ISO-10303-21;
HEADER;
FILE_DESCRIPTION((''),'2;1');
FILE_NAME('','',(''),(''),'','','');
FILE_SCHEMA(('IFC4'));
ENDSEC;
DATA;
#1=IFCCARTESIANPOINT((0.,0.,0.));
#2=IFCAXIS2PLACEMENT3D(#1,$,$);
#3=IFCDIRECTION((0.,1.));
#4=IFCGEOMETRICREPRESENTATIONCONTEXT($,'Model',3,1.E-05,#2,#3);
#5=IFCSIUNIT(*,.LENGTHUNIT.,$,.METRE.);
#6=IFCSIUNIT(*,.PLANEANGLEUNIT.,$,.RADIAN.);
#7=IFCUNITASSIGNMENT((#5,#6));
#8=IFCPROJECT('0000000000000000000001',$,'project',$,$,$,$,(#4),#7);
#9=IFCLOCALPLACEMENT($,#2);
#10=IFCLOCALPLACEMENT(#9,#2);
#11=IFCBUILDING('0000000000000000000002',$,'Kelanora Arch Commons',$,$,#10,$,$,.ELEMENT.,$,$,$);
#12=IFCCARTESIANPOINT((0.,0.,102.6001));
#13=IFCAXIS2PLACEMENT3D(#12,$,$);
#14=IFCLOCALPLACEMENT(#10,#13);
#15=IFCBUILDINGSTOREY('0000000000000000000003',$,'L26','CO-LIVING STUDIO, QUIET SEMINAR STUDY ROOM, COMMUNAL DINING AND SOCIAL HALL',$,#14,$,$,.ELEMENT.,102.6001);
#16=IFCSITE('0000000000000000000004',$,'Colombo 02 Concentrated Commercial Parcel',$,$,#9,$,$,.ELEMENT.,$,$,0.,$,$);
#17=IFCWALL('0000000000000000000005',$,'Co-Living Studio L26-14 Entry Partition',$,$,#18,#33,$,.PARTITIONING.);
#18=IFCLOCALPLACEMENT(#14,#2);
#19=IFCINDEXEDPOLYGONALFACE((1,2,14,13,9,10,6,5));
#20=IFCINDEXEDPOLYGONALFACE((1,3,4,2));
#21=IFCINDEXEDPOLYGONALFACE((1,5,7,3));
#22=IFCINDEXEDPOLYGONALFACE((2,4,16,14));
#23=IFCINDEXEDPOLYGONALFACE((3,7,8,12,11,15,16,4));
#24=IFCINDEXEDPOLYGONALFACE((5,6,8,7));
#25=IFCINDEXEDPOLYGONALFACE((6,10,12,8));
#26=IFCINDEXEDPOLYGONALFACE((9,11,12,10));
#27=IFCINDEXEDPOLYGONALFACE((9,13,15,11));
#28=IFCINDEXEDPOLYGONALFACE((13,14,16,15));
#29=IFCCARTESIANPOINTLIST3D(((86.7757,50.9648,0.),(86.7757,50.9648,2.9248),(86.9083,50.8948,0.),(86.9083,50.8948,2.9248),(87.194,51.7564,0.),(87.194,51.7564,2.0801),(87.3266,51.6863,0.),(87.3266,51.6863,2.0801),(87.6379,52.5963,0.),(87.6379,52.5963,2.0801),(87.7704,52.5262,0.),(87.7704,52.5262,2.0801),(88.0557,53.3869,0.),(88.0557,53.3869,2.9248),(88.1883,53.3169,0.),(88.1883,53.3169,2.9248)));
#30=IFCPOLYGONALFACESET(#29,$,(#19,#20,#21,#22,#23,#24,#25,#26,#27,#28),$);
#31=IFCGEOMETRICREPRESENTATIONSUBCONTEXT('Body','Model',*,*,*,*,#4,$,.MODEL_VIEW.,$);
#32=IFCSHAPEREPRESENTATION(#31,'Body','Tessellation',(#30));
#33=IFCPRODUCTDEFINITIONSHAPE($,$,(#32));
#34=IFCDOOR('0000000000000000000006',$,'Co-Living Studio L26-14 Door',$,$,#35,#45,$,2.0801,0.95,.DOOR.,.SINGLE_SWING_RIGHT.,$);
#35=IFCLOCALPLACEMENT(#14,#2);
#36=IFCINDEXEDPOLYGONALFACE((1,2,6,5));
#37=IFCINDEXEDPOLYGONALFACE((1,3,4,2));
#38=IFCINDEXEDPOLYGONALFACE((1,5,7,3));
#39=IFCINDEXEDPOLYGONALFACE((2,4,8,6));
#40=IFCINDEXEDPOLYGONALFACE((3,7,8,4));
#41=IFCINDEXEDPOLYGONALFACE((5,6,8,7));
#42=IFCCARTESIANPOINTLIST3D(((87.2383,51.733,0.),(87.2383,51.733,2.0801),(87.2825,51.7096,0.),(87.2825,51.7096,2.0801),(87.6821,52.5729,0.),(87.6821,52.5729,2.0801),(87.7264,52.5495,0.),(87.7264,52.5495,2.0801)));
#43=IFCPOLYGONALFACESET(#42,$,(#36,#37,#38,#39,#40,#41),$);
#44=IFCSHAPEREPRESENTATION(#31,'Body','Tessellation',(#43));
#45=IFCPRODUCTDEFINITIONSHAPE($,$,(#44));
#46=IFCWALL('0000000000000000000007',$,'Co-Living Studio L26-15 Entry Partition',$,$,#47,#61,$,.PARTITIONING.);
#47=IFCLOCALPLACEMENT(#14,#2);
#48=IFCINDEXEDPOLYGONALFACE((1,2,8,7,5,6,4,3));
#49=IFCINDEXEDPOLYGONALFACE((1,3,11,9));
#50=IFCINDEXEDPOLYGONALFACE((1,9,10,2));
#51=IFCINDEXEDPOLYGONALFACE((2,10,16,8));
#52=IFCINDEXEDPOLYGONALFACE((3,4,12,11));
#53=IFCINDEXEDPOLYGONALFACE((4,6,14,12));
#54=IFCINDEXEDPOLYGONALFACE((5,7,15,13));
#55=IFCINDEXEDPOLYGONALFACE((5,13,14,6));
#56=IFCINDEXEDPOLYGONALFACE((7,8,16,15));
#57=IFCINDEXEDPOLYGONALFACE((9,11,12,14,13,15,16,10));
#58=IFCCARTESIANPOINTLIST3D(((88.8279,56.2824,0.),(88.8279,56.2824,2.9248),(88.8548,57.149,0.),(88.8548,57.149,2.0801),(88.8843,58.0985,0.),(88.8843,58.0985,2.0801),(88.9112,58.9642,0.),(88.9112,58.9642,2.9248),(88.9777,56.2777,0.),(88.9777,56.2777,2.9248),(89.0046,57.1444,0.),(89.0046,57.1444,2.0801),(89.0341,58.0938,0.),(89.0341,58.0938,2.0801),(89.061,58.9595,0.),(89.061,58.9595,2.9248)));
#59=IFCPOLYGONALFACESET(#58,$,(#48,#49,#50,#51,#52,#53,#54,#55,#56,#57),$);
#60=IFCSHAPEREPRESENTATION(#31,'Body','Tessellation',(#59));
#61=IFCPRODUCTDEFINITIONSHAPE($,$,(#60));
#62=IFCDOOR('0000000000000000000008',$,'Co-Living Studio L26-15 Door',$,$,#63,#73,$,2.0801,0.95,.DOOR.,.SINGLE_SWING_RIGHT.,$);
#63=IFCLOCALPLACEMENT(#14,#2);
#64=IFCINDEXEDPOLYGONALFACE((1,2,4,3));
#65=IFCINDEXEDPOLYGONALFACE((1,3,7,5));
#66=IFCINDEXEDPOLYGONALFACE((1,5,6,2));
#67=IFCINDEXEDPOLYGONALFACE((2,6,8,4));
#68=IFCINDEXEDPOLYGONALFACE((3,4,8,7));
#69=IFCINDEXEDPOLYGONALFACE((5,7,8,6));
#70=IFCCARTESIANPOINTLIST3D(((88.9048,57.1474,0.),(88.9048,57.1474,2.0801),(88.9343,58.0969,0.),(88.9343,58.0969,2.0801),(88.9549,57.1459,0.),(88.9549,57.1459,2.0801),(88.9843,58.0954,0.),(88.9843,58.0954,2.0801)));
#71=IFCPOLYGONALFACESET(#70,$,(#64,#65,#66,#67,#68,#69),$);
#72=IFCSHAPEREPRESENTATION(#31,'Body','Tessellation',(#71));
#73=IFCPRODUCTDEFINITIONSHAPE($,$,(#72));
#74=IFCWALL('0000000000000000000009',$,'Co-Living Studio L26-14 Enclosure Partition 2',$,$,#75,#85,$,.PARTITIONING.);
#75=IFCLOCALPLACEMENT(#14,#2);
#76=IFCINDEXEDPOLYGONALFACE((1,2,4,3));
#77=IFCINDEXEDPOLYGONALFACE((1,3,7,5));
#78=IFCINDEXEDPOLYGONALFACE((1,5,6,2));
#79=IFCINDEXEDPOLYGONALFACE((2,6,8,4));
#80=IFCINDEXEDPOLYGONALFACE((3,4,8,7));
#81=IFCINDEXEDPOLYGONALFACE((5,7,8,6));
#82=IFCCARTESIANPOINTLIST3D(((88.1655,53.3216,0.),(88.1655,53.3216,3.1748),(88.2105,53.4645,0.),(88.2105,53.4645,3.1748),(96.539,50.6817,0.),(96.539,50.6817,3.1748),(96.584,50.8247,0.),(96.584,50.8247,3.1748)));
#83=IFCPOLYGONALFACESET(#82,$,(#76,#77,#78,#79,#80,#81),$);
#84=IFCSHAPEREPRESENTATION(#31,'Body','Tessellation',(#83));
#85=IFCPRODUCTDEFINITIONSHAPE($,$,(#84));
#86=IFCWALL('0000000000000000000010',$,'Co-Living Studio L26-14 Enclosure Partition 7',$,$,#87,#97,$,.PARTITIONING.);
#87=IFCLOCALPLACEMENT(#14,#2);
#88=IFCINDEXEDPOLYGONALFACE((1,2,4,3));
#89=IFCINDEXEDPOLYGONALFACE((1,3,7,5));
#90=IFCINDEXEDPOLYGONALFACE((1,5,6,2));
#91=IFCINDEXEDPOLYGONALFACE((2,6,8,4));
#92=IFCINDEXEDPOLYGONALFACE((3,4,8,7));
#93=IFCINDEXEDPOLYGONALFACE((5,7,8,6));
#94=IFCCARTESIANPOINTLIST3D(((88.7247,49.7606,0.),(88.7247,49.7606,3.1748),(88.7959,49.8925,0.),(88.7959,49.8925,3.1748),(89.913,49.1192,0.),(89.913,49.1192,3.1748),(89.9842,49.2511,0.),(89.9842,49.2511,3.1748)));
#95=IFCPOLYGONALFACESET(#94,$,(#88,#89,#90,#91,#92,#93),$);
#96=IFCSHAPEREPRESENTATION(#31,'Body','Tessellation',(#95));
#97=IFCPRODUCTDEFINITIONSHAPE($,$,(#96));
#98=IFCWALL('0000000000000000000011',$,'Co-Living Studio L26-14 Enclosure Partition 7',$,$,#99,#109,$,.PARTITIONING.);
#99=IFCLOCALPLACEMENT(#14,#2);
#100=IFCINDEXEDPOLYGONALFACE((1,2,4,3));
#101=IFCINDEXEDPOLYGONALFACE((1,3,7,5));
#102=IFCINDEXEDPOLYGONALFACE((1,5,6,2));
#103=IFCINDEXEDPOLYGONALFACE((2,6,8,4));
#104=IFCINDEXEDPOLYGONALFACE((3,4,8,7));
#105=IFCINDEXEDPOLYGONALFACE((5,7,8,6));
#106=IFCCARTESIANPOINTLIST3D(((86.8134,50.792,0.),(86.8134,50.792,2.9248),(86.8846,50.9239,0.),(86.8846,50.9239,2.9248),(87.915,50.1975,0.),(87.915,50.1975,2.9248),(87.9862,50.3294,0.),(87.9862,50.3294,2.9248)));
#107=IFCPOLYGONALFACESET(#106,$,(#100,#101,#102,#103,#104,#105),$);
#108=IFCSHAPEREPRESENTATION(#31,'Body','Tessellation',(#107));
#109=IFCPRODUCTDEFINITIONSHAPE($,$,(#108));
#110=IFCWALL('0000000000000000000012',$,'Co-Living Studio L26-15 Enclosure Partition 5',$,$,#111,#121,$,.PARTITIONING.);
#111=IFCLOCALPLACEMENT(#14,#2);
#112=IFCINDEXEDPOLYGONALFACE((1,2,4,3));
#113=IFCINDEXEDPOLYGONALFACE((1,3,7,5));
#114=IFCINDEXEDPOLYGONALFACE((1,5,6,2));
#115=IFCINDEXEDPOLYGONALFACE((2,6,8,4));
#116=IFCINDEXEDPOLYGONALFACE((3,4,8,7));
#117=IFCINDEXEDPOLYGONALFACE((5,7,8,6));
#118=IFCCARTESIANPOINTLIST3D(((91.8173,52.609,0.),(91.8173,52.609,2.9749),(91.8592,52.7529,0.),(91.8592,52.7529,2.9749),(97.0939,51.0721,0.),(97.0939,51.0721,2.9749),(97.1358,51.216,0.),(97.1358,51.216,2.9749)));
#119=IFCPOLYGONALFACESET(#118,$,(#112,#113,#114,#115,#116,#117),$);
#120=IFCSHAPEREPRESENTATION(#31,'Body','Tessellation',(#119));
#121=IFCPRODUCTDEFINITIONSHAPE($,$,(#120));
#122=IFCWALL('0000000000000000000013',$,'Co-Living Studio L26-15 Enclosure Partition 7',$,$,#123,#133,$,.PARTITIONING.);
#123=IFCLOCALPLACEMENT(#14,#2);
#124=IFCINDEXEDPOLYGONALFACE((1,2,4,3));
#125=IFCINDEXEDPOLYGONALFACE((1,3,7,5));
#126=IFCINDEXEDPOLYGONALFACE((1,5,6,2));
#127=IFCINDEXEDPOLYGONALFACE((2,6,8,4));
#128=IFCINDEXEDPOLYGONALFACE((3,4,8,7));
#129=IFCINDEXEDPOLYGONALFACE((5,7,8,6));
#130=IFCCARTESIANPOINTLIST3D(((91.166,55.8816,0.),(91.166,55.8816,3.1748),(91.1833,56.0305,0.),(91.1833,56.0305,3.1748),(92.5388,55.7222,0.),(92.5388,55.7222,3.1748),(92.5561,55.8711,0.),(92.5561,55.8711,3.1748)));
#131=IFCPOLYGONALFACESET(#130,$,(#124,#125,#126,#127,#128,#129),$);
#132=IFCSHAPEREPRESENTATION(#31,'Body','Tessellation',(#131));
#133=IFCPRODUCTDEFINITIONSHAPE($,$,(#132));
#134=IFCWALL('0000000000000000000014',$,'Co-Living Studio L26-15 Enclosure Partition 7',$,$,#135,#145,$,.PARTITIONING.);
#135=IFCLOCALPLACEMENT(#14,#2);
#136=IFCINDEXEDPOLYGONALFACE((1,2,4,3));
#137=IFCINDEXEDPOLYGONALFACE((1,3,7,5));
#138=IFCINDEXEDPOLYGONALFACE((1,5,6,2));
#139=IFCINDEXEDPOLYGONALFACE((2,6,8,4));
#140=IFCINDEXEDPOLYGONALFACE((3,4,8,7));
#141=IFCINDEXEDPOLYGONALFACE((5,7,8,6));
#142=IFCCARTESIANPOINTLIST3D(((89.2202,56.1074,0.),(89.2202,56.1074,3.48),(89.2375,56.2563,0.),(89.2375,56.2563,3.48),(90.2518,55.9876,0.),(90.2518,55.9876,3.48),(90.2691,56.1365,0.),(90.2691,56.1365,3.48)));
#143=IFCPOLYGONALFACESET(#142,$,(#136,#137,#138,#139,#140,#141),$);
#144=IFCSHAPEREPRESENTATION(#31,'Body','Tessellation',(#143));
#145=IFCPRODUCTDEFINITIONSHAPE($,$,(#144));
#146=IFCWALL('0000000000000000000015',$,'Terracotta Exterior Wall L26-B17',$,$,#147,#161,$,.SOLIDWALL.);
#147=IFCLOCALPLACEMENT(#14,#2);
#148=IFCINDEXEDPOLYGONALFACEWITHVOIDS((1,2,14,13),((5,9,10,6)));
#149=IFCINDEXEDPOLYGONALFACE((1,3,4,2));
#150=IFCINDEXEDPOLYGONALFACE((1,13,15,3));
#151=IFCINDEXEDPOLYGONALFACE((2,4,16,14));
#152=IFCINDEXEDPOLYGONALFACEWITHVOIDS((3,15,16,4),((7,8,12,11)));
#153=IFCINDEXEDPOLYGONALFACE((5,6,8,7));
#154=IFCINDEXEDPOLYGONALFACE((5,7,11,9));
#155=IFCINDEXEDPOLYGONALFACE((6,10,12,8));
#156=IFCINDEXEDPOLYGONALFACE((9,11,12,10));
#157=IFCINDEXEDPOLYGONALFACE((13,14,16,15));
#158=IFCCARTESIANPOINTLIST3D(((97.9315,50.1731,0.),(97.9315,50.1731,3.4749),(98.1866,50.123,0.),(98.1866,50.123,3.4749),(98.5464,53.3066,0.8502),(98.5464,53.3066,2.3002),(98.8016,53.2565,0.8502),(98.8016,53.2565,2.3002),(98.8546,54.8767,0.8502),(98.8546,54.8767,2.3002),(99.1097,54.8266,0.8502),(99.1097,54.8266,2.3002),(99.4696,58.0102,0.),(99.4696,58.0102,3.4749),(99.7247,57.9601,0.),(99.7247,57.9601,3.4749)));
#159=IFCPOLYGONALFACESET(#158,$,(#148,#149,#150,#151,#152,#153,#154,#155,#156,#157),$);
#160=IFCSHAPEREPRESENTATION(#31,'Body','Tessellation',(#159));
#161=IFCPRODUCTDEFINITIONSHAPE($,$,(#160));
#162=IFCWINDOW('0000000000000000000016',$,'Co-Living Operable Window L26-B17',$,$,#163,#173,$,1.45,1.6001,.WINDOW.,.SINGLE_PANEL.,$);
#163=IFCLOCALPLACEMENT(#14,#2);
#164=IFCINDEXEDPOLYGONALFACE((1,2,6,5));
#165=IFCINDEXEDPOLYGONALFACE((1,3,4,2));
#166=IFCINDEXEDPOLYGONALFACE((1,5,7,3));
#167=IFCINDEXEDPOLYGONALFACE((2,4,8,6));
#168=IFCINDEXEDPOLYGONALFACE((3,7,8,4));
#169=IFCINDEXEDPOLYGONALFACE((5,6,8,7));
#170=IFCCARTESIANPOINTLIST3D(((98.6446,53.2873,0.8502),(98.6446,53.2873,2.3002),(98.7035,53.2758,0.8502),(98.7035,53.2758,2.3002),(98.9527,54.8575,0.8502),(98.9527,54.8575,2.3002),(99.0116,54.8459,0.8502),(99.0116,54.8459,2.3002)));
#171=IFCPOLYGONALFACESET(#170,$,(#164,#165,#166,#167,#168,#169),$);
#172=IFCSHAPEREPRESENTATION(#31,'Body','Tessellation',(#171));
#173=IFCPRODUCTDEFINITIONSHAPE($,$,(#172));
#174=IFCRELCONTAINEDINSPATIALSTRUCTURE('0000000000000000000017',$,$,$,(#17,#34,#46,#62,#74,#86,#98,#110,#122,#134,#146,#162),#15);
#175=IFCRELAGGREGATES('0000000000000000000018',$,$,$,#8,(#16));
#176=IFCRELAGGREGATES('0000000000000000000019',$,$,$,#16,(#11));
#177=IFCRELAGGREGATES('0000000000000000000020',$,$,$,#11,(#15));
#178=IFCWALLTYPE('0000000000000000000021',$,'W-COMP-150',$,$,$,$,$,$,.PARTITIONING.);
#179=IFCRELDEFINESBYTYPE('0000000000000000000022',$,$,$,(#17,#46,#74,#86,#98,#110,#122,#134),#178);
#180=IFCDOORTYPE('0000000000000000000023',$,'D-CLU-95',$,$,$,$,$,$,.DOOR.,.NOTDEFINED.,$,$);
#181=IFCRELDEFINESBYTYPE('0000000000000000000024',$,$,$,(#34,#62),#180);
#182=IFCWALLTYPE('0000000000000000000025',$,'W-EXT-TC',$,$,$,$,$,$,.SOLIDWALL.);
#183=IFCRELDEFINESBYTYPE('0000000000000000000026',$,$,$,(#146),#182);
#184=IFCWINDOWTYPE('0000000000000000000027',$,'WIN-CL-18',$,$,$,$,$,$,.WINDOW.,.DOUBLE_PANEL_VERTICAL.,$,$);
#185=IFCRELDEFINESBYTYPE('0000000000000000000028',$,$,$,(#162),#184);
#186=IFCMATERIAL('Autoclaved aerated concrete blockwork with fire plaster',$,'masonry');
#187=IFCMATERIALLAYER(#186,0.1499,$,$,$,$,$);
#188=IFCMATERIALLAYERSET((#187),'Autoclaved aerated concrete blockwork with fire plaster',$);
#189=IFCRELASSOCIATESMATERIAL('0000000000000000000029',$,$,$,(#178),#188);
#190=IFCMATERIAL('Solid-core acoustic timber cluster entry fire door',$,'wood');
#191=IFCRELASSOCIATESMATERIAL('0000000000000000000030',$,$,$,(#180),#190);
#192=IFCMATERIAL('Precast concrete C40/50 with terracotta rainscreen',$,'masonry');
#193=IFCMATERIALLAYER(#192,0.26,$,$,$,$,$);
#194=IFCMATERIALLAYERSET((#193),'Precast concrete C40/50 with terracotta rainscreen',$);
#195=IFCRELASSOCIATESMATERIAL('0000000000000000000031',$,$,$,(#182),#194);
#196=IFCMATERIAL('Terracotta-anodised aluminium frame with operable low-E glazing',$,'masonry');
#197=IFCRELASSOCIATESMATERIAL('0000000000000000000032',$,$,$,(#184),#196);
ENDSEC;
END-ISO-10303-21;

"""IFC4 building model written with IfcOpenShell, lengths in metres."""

from ifc_helpers import new_model, si_unit, direction, frame, frame_2d, origin, place, context, subcontext, project, spatial, rectangle, extrude, material, layer, layer_set, type_object, element, fill, save


model = new_model("IFC4")

# Units and contexts
model_context = context("Model", 3, precision=1e-05, world=origin(), true_north=direction((0.0, 1.0)))
body_context = subcontext(model_context, "Body", "Model", "MODEL_VIEW")
ifc_project = project(units=[si_unit("LENGTHUNIT", "METRE"), si_unit("PLANEANGLEUNIT", "RADIAN")], contexts=[model_context])

# Site, building, storey
site_placement = place(None, origin())
site = spatial("IfcSite", under=ifc_project, at=site_placement, Name="Colombo 02 Concentrated Commercial Parcel", CompositionType="ELEMENT", RefElevation=0.0)
building_placement = place(site_placement, origin())
building = spatial("IfcBuilding", under=site, at=building_placement, Name="Kelanora Arch Commons", CompositionType="ELEMENT")
storey_placement = place(building_placement, frame((0.0, 0.0, 102.6001)))
storey = spatial("IfcBuildingStorey", under=building, at=storey_placement, Name="L26", Description="CO-LIVING STUDIO, QUIET SEMINAR STUDY ROOM, COMMUNAL DINING AND SOCIAL HALL", CompositionType="ELEMENT", Elevation=102.6001)

# Walls, openings, doors
ifc_material_1 = material(Name="Autoclaved aerated concrete blockwork with fire plaster", Category="masonry")
ifc_layer_1 = layer(ifc_material_1, 0.1499)
ifc_layer_set_1 = layer_set([ifc_layer_1], Name="Autoclaved aerated concrete blockwork with fire plaster")
wall_type_1 = type_object("IfcWallType", Name="W-COMP-150", PredefinedType="PARTITIONING", material=ifc_layer_set_1)
wall_1_placement = place(storey_placement, frame((86.842, 50.9299, 0.0), z_axis=(0.0, 0.0, 1.0), x_axis=(0.467241, 0.88413, 0.0)))
wall_1 = element("IfcWall", 1, at=wall_1_placement, inside=storey, type_object=wall_type_1, Name="Co-Living Studio L26-14 Entry Partition", PredefinedType="PARTITIONING", context=body_context, shape_type="SweptSolid", body=[
    extrude(rectangle(XDim=2.7395, YDim=0.1499, at=frame_2d((1.3696, 0.0))), origin(), (0.0, 0.0, 1.0), 2.9248),
])
opening_1_placement = place(wall_1_placement, frame((0.895, 0.0, 0.0)))
opening_1 = element("IfcOpeningElement", 2, at=opening_1_placement, cuts=wall_1, PredefinedType="OPENING", context=body_context, shape_type="SweptSolid", body=[
    extrude(rectangle(XDim=0.95, YDim=2.0801, at=frame_2d((0.4751, 1.04))), frame((0.0, 0.085, 0.0), z_axis=(0.0, -1.0, 0.0), x_axis=(1.0, 0.0, 0.0)), (0.0, 0.0, 1.0), 0.1699),
])
ifc_material_2 = material(Name="Solid-core acoustic timber cluster entry fire door", Category="wood")
door_type_1 = type_object("IfcDoorType", Name="D-CLU-95", OperationType="NOTDEFINED", PredefinedType="DOOR", material=ifc_material_2)
door_1_placement = place(opening_1_placement, origin())
door_1 = element("IfcDoor", 3, at=door_1_placement, inside=storey, type_object=door_type_1, Name="Co-Living Studio L26-14 Door", OperationType="SINGLE_SWING_RIGHT", OverallHeight=2.0801, OverallWidth=0.95, PredefinedType="DOOR", context=body_context, shape_type="SweptSolid", body=[
    extrude(rectangle(XDim=0.95, YDim=2.0801, at=frame_2d((0.4751, 1.04))), frame((0.0, 0.0249, 0.0), z_axis=(0.0, -1.0, 0.0), x_axis=(1.0, 0.0, 0.0)), (0.0, 0.0, 1.0), 0.05),
])
fill(opening_1, door_1)
wall_2_placement = place(storey_placement, frame((88.9028, 56.28, 0.0), z_axis=(0.0, 0.0, 1.0), x_axis=(0.031027, 0.999519, 0.0)))
wall_2 = element("IfcWall", 4, at=wall_2_placement, inside=storey, type_object=wall_type_1, Name="Co-Living Studio L26-15 Entry Partition", PredefinedType="PARTITIONING", context=body_context, shape_type="SweptSolid", body=[
    extrude(rectangle(XDim=2.6831, YDim=0.1499, at=frame_2d((1.3416, 0.0))), origin(), (0.0, 0.0, 1.0), 2.9248),
])
opening_2_placement = place(wall_2_placement, frame((0.8669, 0.0, 0.0)))
opening_2 = element("IfcOpeningElement", 5, at=opening_2_placement, cuts=wall_2, PredefinedType="OPENING", context=body_context, shape_type="SweptSolid", body=[
    extrude(rectangle(XDim=0.95, YDim=2.0801, at=frame_2d((0.4751, 1.04))), frame((0.0, 0.085, 0.0), z_axis=(0.0, -1.0, 0.0), x_axis=(1.0, 0.0, 0.0)), (0.0, 0.0, 1.0), 0.1699),
])
door_2_placement = place(opening_2_placement, origin())
door_2 = element("IfcDoor", 6, at=door_2_placement, inside=storey, type_object=door_type_1, Name="Co-Living Studio L26-15 Door", OperationType="SINGLE_SWING_RIGHT", OverallHeight=2.0801, OverallWidth=0.95, PredefinedType="DOOR", context=body_context, shape_type="SweptSolid", body=[
    extrude(rectangle(XDim=0.95, YDim=2.0801, at=frame_2d((0.4751, 1.04))), frame((0.0, 0.0249, 0.0), z_axis=(0.0, -1.0, 0.0), x_axis=(1.0, 0.0, 0.0)), (0.0, 0.0, 1.0), 0.05),
])
fill(opening_2, door_2)

# Walls
wall_3_placement = place(storey_placement, frame((88.188, 53.3931, 0.0), z_axis=(0.0, 0.0, 1.0), x_axis=(0.953726, -0.300678, 0.0)))
element("IfcWall", 7, at=wall_3_placement, inside=storey, type_object=wall_type_1, Name="Co-Living Studio L26-14 Enclosure Partition 2", PredefinedType="PARTITIONING", context=body_context, shape_type="SweptSolid", body=[
    extrude(rectangle(XDim=8.7798, YDim=0.1499, at=frame_2d((4.3899, 0.0))), origin(), (0.0, 0.0, 1.0), 3.1748),
])
wall_4_placement = place(storey_placement, frame((89.9487, 49.1851, 0.0), z_axis=(0.0, 0.0, 1.0), x_axis=(-0.879995, 0.474984, 0.0)))
element("IfcWall", 8, at=wall_4_placement, inside=storey, type_object=wall_type_1, Name="Co-Living Studio L26-14 Enclosure Partition 7", PredefinedType="PARTITIONING", context=body_context, shape_type="SweptSolid", body=[
    extrude(rectangle(XDim=1.3503, YDim=0.1499, at=frame_2d((0.6753, 0.0))), origin(), (0.0, 0.0, 1.0), 3.1748),
])
wall_5_placement = place(storey_placement, frame((87.9507, 50.2634, 0.0), z_axis=(0.0, 0.0, 1.0), x_axis=(-0.880026, 0.474925, 0.0)))
element("IfcWall", 9, at=wall_5_placement, inside=storey, type_object=wall_type_1, Name="Co-Living Studio L26-14 Enclosure Partition 7", PredefinedType="PARTITIONING", context=body_context, shape_type="SweptSolid", body=[
    extrude(rectangle(XDim=1.2517, YDim=0.1499, at=frame_2d((0.626, 0.0))), origin(), (0.0, 0.0, 1.0), 2.9248),
])
wall_6_placement = place(storey_placement, frame((97.115, 51.144, 0.0), z_axis=(0.0, 0.0, 1.0), x_axis=(-0.960105, 0.27964, 0.0)))
element("IfcWall", 10, at=wall_6_placement, inside=storey, type_object=wall_type_1, Name="Co-Living Studio L26-15 Enclosure Partition 5", PredefinedType="PARTITIONING", context=body_context, shape_type="SweptSolid", body=[
    extrude(rectangle(XDim=5.4958, YDim=0.1499, at=frame_2d((2.748, 0.0))), origin(), (0.0, 0.0, 1.0), 2.9749),
])
wall_7_placement = place(storey_placement, frame((92.5474, 55.7966, 0.0), z_axis=(0.0, 0.0, 1.0), x_axis=(-0.993324, 0.115355, 0.0)))
element("IfcWall", 11, at=wall_7_placement, inside=storey, type_object=wall_type_1, Name="Co-Living Studio L26-15 Enclosure Partition 7", PredefinedType="PARTITIONING", context=body_context, shape_type="SweptSolid", body=[
    extrude(rectangle(XDim=1.3821, YDim=0.1499, at=frame_2d((0.6909, 0.0))), origin(), (0.0, 0.0, 1.0), 3.1748),
])
wall_8_placement = place(storey_placement, frame((90.2605, 56.062, 0.0), z_axis=(0.0, 0.0, 1.0), x_axis=(-0.993318, 0.115409, 0.0)))
element("IfcWall", 12, at=wall_8_placement, inside=storey, type_object=wall_type_1, Name="Co-Living Studio L26-15 Enclosure Partition 7", PredefinedType="PARTITIONING", context=body_context, shape_type="SweptSolid", body=[
    extrude(rectangle(XDim=1.0386, YDim=0.1499, at=frame_2d((0.5193, 0.0))), origin(), (0.0, 0.0, 1.0), 3.48),
])

# Wall, opening, window
ifc_material_3 = material(Name="Precast concrete C40/50 with terracotta rainscreen", Category="masonry")
ifc_layer_2 = layer(ifc_material_3, 0.26)
ifc_layer_set_2 = layer_set([ifc_layer_2], Name="Precast concrete C40/50 with terracotta rainscreen")
wall_type_2 = type_object("IfcWallType", Name="W-EXT-TC", PredefinedType="SOLIDWALL", material=ifc_layer_set_2)
wall_9_placement = place(storey_placement, frame((98.0591, 50.1482, 0.0), z_axis=(0.0, 0.0, 1.0), x_axis=(0.192582, 0.981281, 0.0)))
wall_9 = element("IfcWall", 13, at=wall_9_placement, inside=storey, type_object=wall_type_2, Name="Terracotta Exterior Wall L26-B17", PredefinedType="SOLIDWALL", context=body_context, shape_type="SweptSolid", body=[
    extrude(rectangle(XDim=7.9866, YDim=0.26, at=frame_2d((3.9932, 0.0))), origin(), (0.0, 0.0, 1.0), 3.4749),
])
opening_3_placement = place(wall_9_placement, frame((3.1931, 0.0, 0.8501)))
opening_3 = element("IfcOpeningElement", 14, at=opening_3_placement, cuts=wall_9, PredefinedType="OPENING", context=body_context, shape_type="SweptSolid", body=[
    extrude(rectangle(XDim=1.6001, YDim=1.45, at=frame_2d((0.8, 0.7251))), frame((0.0, 0.1401, 0.0), z_axis=(0.0, -1.0, 0.0), x_axis=(1.0, 0.0, 0.0)), (0.0, 0.0, 1.0), 0.28),
])
ifc_material_4 = material(Name="Terracotta-anodised aluminium frame with operable low-E glazing", Category="masonry")
window_type = type_object("IfcWindowType", Name="WIN-CL-18", PartitioningType="DOUBLE_PANEL_VERTICAL", PredefinedType="WINDOW", material=ifc_material_4)
window_placement = place(opening_3_placement, origin())
window = element("IfcWindow", 15, at=window_placement, inside=storey, type_object=window_type, Name="Co-Living Operable Window L26-B17", OverallHeight=1.45, OverallWidth=1.6001, PartitioningType="SINGLE_PANEL", PredefinedType="WINDOW", context=body_context, shape_type="SweptSolid", body=[
    extrude(rectangle(XDim=1.6001, YDim=1.45, at=frame_2d((0.8, 0.7251))), frame((0.0, 0.03, 0.0), z_axis=(0.0, -1.0, 0.0), x_axis=(1.0, 0.0, 0.0)), (0.0, 0.0, 1.0), 0.0601),
])
fill(opening_3, window)

save(model, "model.ifc")
